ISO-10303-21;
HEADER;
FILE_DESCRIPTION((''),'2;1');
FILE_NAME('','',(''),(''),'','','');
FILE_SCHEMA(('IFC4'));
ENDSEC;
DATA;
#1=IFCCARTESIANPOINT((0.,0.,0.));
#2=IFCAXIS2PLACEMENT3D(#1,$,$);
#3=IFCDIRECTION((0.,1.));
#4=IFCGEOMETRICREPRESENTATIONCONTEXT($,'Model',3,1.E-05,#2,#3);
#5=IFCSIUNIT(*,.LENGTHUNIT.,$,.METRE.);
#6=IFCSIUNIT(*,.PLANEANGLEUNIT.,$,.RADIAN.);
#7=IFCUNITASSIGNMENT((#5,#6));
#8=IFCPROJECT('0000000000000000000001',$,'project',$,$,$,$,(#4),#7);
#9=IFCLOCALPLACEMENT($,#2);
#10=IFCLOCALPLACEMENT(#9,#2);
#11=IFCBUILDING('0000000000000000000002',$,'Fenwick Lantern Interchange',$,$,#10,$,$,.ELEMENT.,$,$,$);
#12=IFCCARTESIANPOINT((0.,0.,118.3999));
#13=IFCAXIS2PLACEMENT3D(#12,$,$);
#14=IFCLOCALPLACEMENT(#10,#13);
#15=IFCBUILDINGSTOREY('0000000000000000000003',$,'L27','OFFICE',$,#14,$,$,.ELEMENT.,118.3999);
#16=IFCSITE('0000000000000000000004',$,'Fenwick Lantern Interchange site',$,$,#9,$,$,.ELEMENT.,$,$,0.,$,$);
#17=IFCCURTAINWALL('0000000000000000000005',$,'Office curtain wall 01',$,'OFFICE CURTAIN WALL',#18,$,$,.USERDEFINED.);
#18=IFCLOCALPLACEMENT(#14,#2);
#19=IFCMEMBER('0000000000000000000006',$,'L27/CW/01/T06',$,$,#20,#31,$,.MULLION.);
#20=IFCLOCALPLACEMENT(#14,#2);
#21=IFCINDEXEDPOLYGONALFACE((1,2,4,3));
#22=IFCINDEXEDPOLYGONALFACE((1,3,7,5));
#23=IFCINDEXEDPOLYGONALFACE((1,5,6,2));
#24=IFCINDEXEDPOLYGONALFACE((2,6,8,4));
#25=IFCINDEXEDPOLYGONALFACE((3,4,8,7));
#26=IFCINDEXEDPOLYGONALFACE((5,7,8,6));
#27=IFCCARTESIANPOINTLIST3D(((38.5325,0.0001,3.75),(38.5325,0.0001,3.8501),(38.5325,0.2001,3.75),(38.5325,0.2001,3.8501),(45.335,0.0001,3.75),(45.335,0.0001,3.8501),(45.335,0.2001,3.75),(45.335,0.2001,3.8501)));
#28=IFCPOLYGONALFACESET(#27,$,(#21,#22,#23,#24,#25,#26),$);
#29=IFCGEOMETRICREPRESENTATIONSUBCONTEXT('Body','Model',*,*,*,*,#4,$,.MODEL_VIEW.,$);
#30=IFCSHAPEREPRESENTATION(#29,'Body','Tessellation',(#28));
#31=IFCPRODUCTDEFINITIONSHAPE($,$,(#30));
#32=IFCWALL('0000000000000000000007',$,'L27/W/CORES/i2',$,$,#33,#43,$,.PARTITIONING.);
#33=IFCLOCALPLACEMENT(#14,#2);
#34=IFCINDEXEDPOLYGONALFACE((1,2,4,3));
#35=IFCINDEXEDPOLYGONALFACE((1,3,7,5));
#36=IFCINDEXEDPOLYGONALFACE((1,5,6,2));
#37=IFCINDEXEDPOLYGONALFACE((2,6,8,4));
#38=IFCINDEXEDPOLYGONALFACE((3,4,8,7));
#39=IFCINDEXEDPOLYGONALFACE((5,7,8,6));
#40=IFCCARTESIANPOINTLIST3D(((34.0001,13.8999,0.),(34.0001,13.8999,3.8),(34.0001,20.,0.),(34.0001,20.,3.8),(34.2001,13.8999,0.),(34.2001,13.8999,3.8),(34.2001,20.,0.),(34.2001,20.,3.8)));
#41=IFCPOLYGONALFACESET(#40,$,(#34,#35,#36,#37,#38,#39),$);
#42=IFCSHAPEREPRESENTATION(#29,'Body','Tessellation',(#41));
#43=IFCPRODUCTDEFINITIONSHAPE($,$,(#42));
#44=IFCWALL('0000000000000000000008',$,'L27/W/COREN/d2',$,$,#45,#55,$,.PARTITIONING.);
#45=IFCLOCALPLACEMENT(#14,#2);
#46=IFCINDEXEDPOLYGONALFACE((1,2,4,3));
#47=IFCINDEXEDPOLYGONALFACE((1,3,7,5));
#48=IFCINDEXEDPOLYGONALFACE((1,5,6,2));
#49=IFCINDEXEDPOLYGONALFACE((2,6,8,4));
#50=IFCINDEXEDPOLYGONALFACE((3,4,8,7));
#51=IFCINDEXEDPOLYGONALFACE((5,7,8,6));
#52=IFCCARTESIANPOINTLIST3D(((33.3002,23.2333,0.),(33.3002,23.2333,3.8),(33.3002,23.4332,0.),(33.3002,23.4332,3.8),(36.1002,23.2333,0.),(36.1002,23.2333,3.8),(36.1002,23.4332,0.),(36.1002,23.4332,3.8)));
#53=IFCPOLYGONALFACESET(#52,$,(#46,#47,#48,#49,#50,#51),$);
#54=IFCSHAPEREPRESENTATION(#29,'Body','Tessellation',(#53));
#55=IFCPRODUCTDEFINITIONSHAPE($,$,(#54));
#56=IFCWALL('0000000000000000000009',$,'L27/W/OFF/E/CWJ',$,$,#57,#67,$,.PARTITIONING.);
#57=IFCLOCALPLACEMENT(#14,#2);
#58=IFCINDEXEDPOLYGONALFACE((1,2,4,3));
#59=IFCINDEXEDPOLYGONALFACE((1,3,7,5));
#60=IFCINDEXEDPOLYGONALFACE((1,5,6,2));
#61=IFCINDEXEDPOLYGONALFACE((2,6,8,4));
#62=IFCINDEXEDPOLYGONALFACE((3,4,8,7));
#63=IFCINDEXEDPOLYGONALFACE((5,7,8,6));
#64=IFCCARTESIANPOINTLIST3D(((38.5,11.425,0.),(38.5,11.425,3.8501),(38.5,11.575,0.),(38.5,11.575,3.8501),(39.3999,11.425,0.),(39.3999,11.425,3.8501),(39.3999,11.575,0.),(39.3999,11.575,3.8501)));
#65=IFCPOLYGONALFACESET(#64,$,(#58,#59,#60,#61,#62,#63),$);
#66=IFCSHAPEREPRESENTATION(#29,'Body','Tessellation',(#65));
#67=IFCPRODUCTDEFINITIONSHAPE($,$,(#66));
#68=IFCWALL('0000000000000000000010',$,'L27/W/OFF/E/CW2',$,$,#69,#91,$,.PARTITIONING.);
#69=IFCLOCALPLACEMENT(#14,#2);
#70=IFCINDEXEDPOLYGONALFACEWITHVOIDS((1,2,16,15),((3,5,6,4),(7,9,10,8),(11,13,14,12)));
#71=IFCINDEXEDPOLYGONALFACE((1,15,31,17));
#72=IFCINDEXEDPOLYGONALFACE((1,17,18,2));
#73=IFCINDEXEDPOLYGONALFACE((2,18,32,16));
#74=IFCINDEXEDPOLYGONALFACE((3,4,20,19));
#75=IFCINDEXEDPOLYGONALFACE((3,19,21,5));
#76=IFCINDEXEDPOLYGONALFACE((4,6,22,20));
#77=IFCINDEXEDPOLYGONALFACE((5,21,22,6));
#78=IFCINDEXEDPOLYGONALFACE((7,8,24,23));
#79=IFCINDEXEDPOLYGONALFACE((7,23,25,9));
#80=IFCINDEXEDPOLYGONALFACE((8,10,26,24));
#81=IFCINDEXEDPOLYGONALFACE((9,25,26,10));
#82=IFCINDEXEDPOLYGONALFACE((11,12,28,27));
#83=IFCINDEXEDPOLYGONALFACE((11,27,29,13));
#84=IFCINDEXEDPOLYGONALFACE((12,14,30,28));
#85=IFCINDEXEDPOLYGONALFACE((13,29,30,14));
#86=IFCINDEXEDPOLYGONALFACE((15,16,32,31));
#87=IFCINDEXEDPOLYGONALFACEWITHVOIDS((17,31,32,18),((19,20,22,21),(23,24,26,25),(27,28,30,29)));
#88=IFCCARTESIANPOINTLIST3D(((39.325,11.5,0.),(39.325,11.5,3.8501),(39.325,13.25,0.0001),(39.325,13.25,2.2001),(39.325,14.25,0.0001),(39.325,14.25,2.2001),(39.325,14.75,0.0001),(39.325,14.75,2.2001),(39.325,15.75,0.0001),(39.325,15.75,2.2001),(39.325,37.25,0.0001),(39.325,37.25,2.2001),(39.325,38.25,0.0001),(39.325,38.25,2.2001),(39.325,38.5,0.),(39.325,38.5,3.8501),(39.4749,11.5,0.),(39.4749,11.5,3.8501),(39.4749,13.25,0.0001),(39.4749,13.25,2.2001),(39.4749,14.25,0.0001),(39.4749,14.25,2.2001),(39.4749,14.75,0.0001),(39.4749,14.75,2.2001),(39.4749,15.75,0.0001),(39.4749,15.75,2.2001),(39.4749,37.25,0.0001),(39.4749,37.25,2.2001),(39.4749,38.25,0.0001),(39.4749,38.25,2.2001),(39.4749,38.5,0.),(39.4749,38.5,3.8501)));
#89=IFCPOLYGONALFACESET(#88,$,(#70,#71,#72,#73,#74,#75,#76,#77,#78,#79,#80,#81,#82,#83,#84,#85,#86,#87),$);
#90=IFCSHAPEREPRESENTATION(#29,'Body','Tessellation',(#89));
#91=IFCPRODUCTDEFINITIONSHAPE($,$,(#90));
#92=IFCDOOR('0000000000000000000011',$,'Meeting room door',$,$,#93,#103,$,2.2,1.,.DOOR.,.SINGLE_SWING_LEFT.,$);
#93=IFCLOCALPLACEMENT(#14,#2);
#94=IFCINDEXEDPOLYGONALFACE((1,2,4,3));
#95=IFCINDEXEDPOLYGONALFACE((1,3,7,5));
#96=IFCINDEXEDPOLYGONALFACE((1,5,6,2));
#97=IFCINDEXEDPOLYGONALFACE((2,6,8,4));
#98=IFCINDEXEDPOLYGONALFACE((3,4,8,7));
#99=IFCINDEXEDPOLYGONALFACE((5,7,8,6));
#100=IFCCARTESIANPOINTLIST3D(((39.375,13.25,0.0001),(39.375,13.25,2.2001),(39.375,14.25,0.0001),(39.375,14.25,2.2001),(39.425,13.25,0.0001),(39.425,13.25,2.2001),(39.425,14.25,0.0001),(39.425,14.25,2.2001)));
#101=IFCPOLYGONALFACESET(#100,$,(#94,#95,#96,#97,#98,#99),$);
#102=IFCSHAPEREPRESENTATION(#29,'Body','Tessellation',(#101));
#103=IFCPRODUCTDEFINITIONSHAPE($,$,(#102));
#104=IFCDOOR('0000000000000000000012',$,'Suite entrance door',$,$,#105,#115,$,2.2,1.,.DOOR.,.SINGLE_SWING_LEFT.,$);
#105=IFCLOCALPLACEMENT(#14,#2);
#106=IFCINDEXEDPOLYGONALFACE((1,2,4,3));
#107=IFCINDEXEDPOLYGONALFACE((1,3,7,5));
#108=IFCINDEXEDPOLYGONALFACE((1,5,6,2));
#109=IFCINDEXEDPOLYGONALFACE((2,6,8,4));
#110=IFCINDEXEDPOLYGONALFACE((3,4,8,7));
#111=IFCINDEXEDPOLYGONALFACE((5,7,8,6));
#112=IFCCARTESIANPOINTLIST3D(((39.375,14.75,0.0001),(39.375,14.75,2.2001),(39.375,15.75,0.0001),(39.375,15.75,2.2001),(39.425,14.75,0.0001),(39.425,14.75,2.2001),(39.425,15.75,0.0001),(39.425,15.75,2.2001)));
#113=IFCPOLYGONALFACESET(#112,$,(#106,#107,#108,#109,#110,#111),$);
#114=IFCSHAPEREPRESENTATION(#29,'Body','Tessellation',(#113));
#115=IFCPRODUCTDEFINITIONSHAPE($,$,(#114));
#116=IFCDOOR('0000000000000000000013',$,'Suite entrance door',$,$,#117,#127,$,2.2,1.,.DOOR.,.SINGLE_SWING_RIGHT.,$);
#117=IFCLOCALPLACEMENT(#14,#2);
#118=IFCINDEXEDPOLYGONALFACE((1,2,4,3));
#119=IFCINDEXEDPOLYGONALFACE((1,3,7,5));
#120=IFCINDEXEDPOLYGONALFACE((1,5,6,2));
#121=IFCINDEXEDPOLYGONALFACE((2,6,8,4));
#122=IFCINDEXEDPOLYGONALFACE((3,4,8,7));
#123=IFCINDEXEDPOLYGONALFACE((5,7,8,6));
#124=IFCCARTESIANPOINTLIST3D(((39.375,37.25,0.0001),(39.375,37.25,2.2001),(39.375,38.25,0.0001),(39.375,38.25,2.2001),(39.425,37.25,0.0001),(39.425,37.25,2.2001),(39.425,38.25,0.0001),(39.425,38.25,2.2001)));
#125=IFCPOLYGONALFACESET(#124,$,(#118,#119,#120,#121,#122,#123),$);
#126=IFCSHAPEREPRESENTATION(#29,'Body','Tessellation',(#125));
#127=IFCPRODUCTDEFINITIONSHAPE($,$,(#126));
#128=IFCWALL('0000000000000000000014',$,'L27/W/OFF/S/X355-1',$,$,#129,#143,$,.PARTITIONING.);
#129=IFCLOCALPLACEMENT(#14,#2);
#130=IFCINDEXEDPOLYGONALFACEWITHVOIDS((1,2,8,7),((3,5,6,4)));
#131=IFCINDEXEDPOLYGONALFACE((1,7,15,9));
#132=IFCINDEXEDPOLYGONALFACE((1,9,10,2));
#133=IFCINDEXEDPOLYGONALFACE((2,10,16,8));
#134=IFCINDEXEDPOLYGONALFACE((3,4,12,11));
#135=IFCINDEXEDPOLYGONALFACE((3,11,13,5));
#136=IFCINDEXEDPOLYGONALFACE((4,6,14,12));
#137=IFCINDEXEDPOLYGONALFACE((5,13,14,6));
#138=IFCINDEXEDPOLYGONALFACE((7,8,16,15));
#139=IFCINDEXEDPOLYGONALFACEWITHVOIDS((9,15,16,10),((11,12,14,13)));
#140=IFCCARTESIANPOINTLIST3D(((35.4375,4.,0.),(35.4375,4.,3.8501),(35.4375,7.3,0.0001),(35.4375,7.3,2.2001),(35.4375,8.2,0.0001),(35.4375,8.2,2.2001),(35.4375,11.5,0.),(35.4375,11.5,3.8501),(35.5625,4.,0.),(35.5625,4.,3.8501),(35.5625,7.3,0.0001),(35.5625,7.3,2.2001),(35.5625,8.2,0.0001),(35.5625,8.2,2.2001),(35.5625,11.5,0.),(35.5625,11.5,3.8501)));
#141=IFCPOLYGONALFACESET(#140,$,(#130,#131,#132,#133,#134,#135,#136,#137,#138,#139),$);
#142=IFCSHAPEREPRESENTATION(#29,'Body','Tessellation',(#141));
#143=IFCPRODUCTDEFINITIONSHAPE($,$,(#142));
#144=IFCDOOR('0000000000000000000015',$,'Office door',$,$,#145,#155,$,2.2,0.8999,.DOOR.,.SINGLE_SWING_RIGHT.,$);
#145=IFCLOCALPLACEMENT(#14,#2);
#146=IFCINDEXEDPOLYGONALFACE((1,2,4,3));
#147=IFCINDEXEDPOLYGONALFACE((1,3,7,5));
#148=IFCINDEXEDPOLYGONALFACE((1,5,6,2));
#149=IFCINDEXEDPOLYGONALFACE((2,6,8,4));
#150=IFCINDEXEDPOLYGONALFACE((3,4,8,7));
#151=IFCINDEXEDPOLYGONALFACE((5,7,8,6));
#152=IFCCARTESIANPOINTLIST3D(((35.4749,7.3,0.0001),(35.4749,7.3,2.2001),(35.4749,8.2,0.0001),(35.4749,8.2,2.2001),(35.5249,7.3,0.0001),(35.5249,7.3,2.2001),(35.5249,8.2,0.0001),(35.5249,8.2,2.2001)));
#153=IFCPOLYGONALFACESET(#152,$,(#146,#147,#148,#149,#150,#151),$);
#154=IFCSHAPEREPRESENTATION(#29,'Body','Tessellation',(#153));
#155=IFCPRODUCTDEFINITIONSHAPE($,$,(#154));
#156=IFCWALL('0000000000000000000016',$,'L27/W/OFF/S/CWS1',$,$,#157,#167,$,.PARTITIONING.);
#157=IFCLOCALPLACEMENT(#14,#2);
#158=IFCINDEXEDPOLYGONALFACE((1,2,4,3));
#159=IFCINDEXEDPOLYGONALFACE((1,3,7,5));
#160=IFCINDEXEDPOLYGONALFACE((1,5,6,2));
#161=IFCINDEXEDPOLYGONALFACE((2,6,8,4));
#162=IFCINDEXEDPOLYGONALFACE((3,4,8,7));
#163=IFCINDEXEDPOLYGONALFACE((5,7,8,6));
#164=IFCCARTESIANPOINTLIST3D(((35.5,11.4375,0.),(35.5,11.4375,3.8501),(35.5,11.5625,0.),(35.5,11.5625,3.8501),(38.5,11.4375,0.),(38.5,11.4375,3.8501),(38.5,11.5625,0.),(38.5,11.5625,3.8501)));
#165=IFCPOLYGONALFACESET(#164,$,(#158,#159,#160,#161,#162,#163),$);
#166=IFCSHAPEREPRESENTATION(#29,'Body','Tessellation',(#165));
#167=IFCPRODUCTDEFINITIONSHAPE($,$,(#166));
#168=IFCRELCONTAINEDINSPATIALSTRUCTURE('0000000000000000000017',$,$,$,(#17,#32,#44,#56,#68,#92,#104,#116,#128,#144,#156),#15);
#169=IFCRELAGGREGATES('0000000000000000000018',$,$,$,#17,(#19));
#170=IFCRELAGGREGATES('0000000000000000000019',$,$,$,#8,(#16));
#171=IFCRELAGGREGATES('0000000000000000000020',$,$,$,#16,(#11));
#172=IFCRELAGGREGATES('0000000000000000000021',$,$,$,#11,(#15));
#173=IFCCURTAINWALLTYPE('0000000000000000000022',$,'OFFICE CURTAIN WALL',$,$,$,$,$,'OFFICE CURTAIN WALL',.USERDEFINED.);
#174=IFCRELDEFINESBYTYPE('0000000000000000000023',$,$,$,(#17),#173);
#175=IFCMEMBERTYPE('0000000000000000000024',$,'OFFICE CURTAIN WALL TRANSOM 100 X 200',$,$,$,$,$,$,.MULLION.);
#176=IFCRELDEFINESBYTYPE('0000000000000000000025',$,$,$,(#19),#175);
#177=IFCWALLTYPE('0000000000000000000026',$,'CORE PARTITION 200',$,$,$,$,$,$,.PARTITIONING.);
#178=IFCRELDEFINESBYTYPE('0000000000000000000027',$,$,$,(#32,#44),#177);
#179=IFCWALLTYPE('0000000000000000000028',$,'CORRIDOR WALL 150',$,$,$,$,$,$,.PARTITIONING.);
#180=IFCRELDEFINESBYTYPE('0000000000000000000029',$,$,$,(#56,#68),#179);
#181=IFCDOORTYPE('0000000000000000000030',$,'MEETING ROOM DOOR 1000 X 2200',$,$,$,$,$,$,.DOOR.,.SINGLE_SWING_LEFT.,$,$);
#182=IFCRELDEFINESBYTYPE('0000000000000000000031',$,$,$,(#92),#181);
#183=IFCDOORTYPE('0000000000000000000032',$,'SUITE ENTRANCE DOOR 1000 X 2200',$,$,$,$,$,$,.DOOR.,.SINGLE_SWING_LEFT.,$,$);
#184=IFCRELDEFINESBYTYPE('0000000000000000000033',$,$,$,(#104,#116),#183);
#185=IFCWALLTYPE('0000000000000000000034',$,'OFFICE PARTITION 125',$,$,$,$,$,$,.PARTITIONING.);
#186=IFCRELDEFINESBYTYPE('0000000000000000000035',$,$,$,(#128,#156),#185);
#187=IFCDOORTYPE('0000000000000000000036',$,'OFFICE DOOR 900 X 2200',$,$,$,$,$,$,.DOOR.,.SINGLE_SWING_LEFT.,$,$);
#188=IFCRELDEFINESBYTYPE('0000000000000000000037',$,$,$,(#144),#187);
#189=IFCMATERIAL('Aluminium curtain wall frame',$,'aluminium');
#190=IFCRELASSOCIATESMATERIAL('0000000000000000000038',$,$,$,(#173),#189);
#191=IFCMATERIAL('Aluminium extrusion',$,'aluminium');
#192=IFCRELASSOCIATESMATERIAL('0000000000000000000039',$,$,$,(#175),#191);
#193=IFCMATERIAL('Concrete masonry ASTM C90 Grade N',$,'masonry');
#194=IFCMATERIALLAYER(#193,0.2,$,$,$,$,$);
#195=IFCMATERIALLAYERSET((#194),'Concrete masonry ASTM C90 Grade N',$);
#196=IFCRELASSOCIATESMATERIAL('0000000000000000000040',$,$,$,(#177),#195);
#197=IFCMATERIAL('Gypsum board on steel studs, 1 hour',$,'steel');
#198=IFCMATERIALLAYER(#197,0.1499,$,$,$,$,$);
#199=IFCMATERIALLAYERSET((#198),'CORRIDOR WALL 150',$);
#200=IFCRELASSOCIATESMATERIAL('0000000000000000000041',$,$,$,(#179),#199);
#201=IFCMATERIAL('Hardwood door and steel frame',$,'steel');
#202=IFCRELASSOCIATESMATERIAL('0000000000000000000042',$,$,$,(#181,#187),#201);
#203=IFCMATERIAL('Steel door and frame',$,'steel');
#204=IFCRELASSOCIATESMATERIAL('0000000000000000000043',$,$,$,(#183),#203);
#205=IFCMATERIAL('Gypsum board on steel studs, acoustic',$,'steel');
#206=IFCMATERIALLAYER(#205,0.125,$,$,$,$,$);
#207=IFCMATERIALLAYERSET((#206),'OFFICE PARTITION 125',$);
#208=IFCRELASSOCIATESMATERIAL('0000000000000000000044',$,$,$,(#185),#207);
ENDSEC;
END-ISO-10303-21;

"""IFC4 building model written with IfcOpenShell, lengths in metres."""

from ifc_helpers import new_model, si_unit, direction, frame, frame_2d, origin, origin_2d, place, context, subcontext, project, spatial, rectangle, extrude, material, layer, layer_set, material_profile, profile_set, type_object, element, fill, aggregate, save


model = new_model("IFC4")

# Units and contexts
model_context = context("Model", 3, precision=1e-05, world=origin(), true_north=direction((0.0, 1.0)))
body_context = subcontext(model_context, "Body", "Model", "MODEL_VIEW")
ifc_project = project(units=[si_unit("LENGTHUNIT", "METRE"), si_unit("PLANEANGLEUNIT", "RADIAN")], contexts=[model_context])

# Site, building, storey
site_placement = place(None, origin())
site = spatial("IfcSite", under=ifc_project, at=site_placement, Name="Fenwick Lantern Interchange site", CompositionType="ELEMENT", RefElevation=0.0)
building_placement = place(site_placement, origin())
building = spatial("IfcBuilding", under=site, at=building_placement, Name="Fenwick Lantern Interchange", CompositionType="ELEMENT")
storey_placement = place(building_placement, frame((0.0, 0.0, 118.3999)))
storey = spatial("IfcBuildingStorey", under=building, at=storey_placement, Name="L27", Description="OFFICE", CompositionType="ELEMENT", Elevation=118.3999)

# Curtain wall, member
ifc_material_1 = material(Name="Aluminium curtain wall frame", Category="aluminium")
curtain_wall_type = type_object("IfcCurtainWallType", Name="OFFICE CURTAIN WALL", ElementType="OFFICE CURTAIN WALL", PredefinedType="USERDEFINED", material=ifc_material_1)
curtain_wall_placement = place(storey_placement, origin())
curtain_wall = element("IfcCurtainWall", 1, at=curtain_wall_placement, inside=storey, type_object=curtain_wall_type, Name="Office curtain wall 01", ObjectType="OFFICE CURTAIN WALL", PredefinedType="USERDEFINED")
ifc_material_2 = material(Name="Aluminium extrusion", Category="aluminium")
ifc_material_profile_1 = material_profile(ifc_material_2, rectangle(XDim=0.2, YDim=0.1001, at=origin_2d()), Name="OFFICE CURTAIN WALL TRANSOM 100 X 200")
ifc_profile_set_1 = profile_set([ifc_material_profile_1], Name="Aluminium extrusion")
member_type_1 = type_object("IfcMemberType", Name="OFFICE CURTAIN WALL TRANSOM 100 X 200", PredefinedType="MULLION", material=ifc_profile_set_1)
member_1_placement = place(storey_placement, frame((38.5325, 0.1001, 3.8), z_axis=(1.0, 0.0, 0.0), x_axis=(0.0, 1.0, 0.0)))
member_1 = element("IfcMember", 2, at=member_1_placement, type_object=member_type_1, Name="L27/CW/01/T06", PredefinedType="MULLION", context=body_context, shape_type="SweptSolid", body=[
    extrude(rectangle(XDim=0.2, YDim=0.1001, at=origin_2d()), origin(), (0.0, 0.0, 1.0), 6.8025),
])
aggregate(curtain_wall, [member_1])

# Walls
ifc_material_3 = material(Name="Concrete masonry ASTM C90 Grade N", Category="masonry")
ifc_layer_1 = layer(ifc_material_3, 0.2)
ifc_layer_set_1 = layer_set([ifc_layer_1], Name="Concrete masonry ASTM C90 Grade N")
wall_type_1 = type_object("IfcWallType", Name="CORE PARTITION 200", PredefinedType="PARTITIONING", material=ifc_layer_set_1)
wall_1_placement = place(storey_placement, frame((34.1001, 13.8999, 0.0), z_axis=(0.0, 0.0, 1.0), x_axis=(0.0, 1.0, 0.0)))
element("IfcWall", 3, at=wall_1_placement, inside=storey, type_object=wall_type_1, Name="L27/W/CORES/i2", PredefinedType="PARTITIONING", context=body_context, shape_type="SweptSolid", body=[
    extrude(rectangle(XDim=6.1001, YDim=0.2, at=frame_2d((3.05, 0.0))), origin(), (0.0, 0.0, 1.0), 3.8),
])
wall_2_placement = place(storey_placement, frame((36.1001, 23.3333, 0.0), z_axis=(0.0, 0.0, 1.0), x_axis=(-1.0, 0.0, 0.0)))
element("IfcWall", 4, at=wall_2_placement, inside=storey, type_object=wall_type_1, Name="L27/W/COREN/d2", PredefinedType="PARTITIONING", context=body_context, shape_type="SweptSolid", body=[
    extrude(rectangle(XDim=2.8, YDim=0.2, at=frame_2d((1.3999, 0.0))), origin(), (0.0, 0.0, 1.0), 3.8),
])

# Shared definitions
ifc_material_4 = material(Name="Steel door and frame", Category="steel")
ifc_material_5 = material(Name="Hardwood door and steel frame", Category="steel")

# Wall
ifc_material_6 = material(Name="Gypsum board on steel studs, 1 hour", Category="steel")
ifc_layer_2 = layer(ifc_material_6, 0.1499)
ifc_layer_set_2 = layer_set([ifc_layer_2], Name="CORRIDOR WALL 150")
wall_type_2 = type_object("IfcWallType", Name="CORRIDOR WALL 150", PredefinedType="PARTITIONING", material=ifc_layer_set_2)
wall_3_placement = place(storey_placement, frame((38.5, 11.5, 0.0), z_axis=(0.0, 0.0, 1.0), x_axis=(1.0, 0.0, 0.0)))
element("IfcWall", 5, at=wall_3_placement, inside=storey, type_object=wall_type_2, Name="L27/W/OFF/E/CWJ", PredefinedType="PARTITIONING", context=body_context, shape_type="SweptSolid", body=[
    extrude(rectangle(XDim=0.8999, YDim=0.1499, at=frame_2d((0.45, 0.0))), origin(), (0.0, 0.0, 1.0), 3.8501),
])

# Wall, openings, doors
wall_4_placement = place(storey_placement, frame((39.3999, 11.5, 0.0), z_axis=(0.0, 0.0, 1.0), x_axis=(0.0, 1.0, 0.0)))
wall_4 = element("IfcWall", 6, at=wall_4_placement, inside=storey, type_object=wall_type_2, Name="L27/W/OFF/E/CW2", PredefinedType="PARTITIONING", context=body_context, shape_type="SweptSolid", body=[
    extrude(rectangle(XDim=27.0, YDim=0.1499, at=frame_2d((13.5, 0.0))), origin(), (0.0, 0.0, 1.0), 3.8501),
])
opening_1_placement = place(wall_4_placement, frame((3.25, 0.0, 0.0)))
opening_1 = element("IfcOpeningElement", 7, at=opening_1_placement, cuts=wall_4, PredefinedType="OPENING", context=body_context, shape_type="SweptSolid", body=[
    extrude(rectangle(XDim=1.0, YDim=2.2, at=frame_2d((0.5, 1.1001))), frame((0.0, 0.085, 0.0), z_axis=(0.0, -1.0, 0.0), x_axis=(1.0, 0.0, 0.0)), (0.0, 0.0, 1.0), 0.1699),
])
opening_2_placement = place(wall_4_placement, frame((25.75, 0.0, 0.0)))
opening_2 = element("IfcOpeningElement", 8, at=opening_2_placement, cuts=wall_4, PredefinedType="OPENING", context=body_context, shape_type="SweptSolid", body=[
    extrude(rectangle(XDim=1.0, YDim=2.2, at=frame_2d((0.5, 1.1001))), frame((0.0, 0.085, 0.0), z_axis=(0.0, -1.0, 0.0), x_axis=(1.0, 0.0, 0.0)), (0.0, 0.0, 1.0), 0.1699),
])
opening_3_placement = place(wall_4_placement, frame((1.75, 0.0, 0.0)))
opening_3 = element("IfcOpeningElement", 9, at=opening_3_placement, cuts=wall_4, PredefinedType="OPENING", context=body_context, shape_type="SweptSolid", body=[
    extrude(rectangle(XDim=1.0, YDim=2.2, at=frame_2d((0.5, 1.1001))), frame((0.0, 0.085, 0.0), z_axis=(0.0, -1.0, 0.0), x_axis=(1.0, 0.0, 0.0)), (0.0, 0.0, 1.0), 0.1699),
])
door_type_1 = type_object("IfcDoorType", Name="MEETING ROOM DOOR 1000 X 2200", OperationType="SINGLE_SWING_LEFT", PredefinedType="DOOR", material=ifc_material_5)
door_1_placement = place(opening_3_placement, origin())
door_1 = element("IfcDoor", 10, at=door_1_placement, inside=storey, type_object=door_type_1, Name="Meeting room door", OperationType="SINGLE_SWING_LEFT", OverallHeight=2.2, OverallWidth=1.0, PredefinedType="DOOR", context=body_context, shape_type="SweptSolid", body=[
    extrude(rectangle(XDim=1.0, YDim=2.2, at=frame_2d((0.5, 1.1001))), frame((0.0, 0.0249, 0.0), z_axis=(0.0, -1.0, 0.0), x_axis=(1.0, 0.0, 0.0)), (0.0, 0.0, 1.0), 0.05),
])
fill(opening_3, door_1)
door_type_2 = type_object("IfcDoorType", Name="SUITE ENTRANCE DOOR 1000 X 2200", OperationType="SINGLE_SWING_LEFT", PredefinedType="DOOR", material=ifc_material_4)
door_2_placement = place(opening_1_placement, origin())
door_2 = element("IfcDoor", 11, at=door_2_placement, inside=storey, type_object=door_type_2, Name="Suite entrance door", OperationType="SINGLE_SWING_LEFT", OverallHeight=2.2, OverallWidth=1.0, PredefinedType="DOOR", context=body_context, shape_type="SweptSolid", body=[
    extrude(rectangle(XDim=1.0, YDim=2.2, at=frame_2d((0.5, 1.1001))), frame((0.0, 0.0249, 0.0), z_axis=(0.0, -1.0, 0.0), x_axis=(1.0, 0.0, 0.0)), (0.0, 0.0, 1.0), 0.05),
])
fill(opening_1, door_2)
door_3_placement = place(opening_2_placement, origin())
door_3 = element("IfcDoor", 12, at=door_3_placement, inside=storey, type_object=door_type_2, Name="Suite entrance door", OperationType="SINGLE_SWING_RIGHT", OverallHeight=2.2, OverallWidth=1.0, PredefinedType="DOOR", context=body_context, shape_type="SweptSolid", body=[
    extrude(rectangle(XDim=1.0, YDim=2.2, at=frame_2d((0.5, 1.1001))), frame((0.0, 0.0249, 0.0), z_axis=(0.0, -1.0, 0.0), x_axis=(1.0, 0.0, 0.0)), (0.0, 0.0, 1.0), 0.05),
])
fill(opening_2, door_3)

# Wall, opening, door
ifc_material_7 = material(Name="Gypsum board on steel studs, acoustic", Category="steel")
ifc_layer_3 = layer(ifc_material_7, 0.125)
ifc_layer_set_3 = layer_set([ifc_layer_3], Name="OFFICE PARTITION 125")
wall_type_3 = type_object("IfcWallType", Name="OFFICE PARTITION 125", PredefinedType="PARTITIONING", material=ifc_layer_set_3)
wall_5_placement = place(storey_placement, frame((35.5, 4.0, 0.0), z_axis=(0.0, 0.0, 1.0), x_axis=(0.0, 1.0, 0.0)))
wall_5 = element("IfcWall", 13, at=wall_5_placement, inside=storey, type_object=wall_type_3, Name="L27/W/OFF/S/X355-1", PredefinedType="PARTITIONING", context=body_context, shape_type="SweptSolid", body=[
    extrude(rectangle(XDim=7.5, YDim=0.125, at=frame_2d((3.75, 0.0))), origin(), (0.0, 0.0, 1.0), 3.8501),
])
opening_4_placement = place(wall_5_placement, frame((3.3, 0.0, 0.0)))
opening_4 = element("IfcOpeningElement", 14, at=opening_4_placement, cuts=wall_5, PredefinedType="OPENING", context=body_context, shape_type="SweptSolid", body=[
    extrude(rectangle(XDim=0.8999, YDim=2.2, at=frame_2d((0.45, 1.1001))), frame((0.0, 0.0725, 0.0), z_axis=(0.0, -1.0, 0.0), x_axis=(1.0, 0.0, 0.0)), (0.0, 0.0, 1.0), 0.145),
])
door_type_3 = type_object("IfcDoorType", Name="OFFICE DOOR 900 X 2200", OperationType="SINGLE_SWING_LEFT", PredefinedType="DOOR", material=ifc_material_5)
door_4_placement = place(opening_4_placement, frame((0.8999, 0.0, 0.0), z_axis=(0.0, 0.0, 1.0), x_axis=(-1.0, 0.0, 0.0)))
door_4 = element("IfcDoor", 15, at=door_4_placement, inside=storey, type_object=door_type_3, Name="Office door", OperationType="SINGLE_SWING_RIGHT", OverallHeight=2.2, OverallWidth=0.8999, PredefinedType="DOOR", context=body_context, shape_type="SweptSolid", body=[
    extrude(rectangle(XDim=0.8999, YDim=2.2, at=frame_2d((0.45, 1.1001))), frame((0.0, 0.0249, 0.0), z_axis=(0.0, -1.0, 0.0), x_axis=(1.0, 0.0, 0.0)), (0.0, 0.0, 1.0), 0.05),
])
fill(opening_4, door_4)

# Wall
wall_6_placement = place(storey_placement, frame((35.5, 11.5, 0.0), z_axis=(0.0, 0.0, 1.0), x_axis=(1.0, 0.0, 0.0)))
element("IfcWall", 16, at=wall_6_placement, inside=storey, type_object=wall_type_3, Name="L27/W/OFF/S/CWS1", PredefinedType="PARTITIONING", context=body_context, shape_type="SweptSolid", body=[
    extrude(rectangle(XDim=3.0, YDim=0.125, at=frame_2d((1.5, 0.0))), origin(), (0.0, 0.0, 1.0), 3.8501),
])

save(model, "model.ifc")
